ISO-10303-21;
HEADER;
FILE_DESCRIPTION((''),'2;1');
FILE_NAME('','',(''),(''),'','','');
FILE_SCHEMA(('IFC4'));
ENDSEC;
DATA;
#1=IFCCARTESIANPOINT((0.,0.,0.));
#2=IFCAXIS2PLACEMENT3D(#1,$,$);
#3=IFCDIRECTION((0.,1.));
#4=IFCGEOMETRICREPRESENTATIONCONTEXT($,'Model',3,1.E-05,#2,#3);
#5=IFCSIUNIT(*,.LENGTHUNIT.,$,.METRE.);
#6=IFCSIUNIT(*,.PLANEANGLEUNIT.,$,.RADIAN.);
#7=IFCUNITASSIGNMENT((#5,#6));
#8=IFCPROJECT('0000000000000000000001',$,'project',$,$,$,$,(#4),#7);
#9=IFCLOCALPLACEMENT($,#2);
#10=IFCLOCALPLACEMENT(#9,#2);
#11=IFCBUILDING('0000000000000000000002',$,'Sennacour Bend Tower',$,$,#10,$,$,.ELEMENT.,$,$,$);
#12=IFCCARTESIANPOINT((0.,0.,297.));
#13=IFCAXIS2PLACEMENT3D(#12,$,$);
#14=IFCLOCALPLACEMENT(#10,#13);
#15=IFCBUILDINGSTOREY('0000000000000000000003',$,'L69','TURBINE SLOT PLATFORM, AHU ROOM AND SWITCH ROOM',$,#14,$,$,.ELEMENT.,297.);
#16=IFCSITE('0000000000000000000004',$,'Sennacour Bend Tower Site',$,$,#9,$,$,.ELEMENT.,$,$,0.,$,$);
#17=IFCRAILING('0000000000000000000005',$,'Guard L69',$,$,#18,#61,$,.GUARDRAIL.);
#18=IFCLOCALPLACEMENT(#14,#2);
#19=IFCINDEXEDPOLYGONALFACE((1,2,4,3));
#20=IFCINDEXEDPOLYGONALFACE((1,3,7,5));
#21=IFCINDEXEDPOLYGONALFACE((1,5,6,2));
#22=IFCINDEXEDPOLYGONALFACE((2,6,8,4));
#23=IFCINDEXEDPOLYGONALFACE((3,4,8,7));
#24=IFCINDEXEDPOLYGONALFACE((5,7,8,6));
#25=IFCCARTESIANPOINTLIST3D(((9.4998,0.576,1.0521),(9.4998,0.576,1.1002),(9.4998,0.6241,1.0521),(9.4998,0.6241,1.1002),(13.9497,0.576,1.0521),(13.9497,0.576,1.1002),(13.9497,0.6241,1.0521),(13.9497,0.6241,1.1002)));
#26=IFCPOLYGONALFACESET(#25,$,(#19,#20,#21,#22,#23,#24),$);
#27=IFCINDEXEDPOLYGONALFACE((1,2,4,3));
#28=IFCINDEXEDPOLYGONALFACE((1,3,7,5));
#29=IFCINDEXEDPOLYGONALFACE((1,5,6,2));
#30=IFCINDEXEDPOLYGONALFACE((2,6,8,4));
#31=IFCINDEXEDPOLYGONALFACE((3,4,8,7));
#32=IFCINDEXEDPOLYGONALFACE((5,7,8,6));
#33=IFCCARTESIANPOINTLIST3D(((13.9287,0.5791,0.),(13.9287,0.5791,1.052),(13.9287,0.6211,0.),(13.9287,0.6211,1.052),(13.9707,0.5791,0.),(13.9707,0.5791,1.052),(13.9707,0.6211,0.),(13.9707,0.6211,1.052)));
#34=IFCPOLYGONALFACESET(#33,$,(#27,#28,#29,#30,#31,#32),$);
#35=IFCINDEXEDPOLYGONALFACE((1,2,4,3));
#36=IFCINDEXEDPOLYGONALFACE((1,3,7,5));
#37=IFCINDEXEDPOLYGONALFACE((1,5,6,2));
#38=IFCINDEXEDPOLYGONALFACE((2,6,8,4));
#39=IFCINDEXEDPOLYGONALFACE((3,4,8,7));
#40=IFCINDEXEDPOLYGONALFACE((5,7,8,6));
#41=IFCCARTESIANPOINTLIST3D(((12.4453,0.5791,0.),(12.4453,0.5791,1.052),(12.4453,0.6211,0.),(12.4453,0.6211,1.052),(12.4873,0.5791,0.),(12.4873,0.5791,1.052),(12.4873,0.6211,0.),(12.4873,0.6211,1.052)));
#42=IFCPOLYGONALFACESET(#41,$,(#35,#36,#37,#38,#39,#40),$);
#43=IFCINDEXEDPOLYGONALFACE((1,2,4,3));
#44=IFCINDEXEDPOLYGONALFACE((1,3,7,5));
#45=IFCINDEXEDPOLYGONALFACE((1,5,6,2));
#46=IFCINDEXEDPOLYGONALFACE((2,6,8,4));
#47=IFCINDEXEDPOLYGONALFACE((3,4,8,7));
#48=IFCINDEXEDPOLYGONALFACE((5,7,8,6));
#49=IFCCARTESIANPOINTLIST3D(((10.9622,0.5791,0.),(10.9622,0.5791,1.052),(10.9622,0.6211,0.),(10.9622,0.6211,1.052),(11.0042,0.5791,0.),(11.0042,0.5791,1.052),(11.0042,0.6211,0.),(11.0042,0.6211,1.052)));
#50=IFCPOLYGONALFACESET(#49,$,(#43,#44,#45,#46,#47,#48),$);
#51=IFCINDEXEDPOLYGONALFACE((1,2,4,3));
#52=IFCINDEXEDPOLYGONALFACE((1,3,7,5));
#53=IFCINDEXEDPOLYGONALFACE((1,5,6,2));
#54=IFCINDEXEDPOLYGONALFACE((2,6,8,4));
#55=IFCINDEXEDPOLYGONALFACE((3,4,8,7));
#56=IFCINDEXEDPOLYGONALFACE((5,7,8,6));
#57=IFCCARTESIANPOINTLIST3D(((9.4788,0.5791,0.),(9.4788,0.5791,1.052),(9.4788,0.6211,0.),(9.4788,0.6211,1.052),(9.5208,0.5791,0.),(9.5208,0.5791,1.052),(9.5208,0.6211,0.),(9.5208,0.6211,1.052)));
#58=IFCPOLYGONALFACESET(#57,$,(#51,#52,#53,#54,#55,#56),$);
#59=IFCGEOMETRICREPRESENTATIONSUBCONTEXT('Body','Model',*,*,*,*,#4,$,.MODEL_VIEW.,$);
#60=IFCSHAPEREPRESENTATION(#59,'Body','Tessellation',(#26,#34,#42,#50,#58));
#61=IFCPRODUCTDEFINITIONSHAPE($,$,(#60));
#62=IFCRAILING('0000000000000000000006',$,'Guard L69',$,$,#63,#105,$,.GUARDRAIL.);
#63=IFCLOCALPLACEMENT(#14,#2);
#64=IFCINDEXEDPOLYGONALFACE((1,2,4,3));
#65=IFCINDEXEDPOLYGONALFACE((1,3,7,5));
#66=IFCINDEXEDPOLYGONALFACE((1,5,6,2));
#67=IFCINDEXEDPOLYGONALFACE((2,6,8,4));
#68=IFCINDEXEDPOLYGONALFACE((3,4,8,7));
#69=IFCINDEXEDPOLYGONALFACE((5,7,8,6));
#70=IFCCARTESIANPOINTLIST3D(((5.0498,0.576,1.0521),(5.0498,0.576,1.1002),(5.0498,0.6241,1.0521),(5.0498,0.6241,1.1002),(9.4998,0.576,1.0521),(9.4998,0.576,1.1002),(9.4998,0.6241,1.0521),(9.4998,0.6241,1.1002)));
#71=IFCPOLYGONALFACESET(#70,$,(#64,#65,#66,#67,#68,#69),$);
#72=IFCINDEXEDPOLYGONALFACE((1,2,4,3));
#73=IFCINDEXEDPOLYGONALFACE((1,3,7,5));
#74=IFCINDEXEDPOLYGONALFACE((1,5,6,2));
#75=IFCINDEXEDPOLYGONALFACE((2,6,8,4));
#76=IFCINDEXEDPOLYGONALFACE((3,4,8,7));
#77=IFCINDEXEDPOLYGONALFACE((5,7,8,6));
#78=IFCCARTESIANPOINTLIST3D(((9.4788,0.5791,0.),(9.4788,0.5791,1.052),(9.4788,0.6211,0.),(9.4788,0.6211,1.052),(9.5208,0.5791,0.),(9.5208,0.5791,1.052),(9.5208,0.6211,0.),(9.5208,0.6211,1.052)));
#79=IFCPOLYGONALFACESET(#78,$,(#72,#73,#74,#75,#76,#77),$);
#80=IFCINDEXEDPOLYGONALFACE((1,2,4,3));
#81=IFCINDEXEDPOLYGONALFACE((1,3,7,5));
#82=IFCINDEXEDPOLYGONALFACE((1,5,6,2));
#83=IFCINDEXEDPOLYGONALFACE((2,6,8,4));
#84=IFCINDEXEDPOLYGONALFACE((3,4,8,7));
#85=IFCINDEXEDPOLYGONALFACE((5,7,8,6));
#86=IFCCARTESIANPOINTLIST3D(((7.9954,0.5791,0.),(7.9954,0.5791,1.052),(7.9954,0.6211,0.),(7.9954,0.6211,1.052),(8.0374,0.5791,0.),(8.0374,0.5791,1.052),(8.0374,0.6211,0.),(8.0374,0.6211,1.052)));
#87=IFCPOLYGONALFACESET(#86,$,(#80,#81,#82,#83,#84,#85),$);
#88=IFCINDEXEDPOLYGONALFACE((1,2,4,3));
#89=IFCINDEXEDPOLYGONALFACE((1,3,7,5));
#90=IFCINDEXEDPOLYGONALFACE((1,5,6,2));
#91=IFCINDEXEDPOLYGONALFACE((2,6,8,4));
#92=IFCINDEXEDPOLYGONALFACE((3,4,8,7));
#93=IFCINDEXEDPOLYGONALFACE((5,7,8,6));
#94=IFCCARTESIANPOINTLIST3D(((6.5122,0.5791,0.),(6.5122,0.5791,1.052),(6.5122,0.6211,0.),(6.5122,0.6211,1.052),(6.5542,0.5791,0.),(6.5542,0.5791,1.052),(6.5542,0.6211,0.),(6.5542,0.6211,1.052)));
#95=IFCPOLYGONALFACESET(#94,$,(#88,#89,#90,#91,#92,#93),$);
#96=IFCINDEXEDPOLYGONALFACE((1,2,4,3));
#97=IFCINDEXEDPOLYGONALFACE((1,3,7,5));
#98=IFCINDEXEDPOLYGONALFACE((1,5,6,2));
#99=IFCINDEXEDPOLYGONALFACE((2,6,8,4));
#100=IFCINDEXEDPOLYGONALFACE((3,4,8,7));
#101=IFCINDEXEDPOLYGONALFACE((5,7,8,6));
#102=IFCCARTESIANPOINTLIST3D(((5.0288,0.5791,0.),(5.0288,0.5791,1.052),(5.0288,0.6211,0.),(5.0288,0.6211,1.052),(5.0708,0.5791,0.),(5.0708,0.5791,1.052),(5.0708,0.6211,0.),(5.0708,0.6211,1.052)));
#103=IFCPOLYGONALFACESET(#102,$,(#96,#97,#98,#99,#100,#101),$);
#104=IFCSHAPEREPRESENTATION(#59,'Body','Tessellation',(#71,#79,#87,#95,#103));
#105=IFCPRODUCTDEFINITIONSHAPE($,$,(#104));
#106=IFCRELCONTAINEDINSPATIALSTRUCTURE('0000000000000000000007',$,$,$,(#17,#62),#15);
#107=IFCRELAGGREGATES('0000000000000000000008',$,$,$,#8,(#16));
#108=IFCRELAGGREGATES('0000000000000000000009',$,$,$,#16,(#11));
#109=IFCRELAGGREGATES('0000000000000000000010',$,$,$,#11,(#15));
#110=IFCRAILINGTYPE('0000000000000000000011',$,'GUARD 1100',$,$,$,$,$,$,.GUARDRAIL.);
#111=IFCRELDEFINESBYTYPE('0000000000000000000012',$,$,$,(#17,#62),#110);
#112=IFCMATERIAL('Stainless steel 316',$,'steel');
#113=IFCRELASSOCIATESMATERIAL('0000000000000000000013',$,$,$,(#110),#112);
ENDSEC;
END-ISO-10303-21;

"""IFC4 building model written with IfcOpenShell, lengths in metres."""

from ifc_helpers import new_model, si_unit, direction, frame, origin, origin_2d, place, context, subcontext, project, spatial, rectangle, extrude, material, type_object, element, save


model = new_model("IFC4")

# Units and contexts
model_context = context("Model", 3, precision=1e-05, world=origin(), true_north=direction((0.0, 1.0)))
body_context = subcontext(model_context, "Body", "Model", "MODEL_VIEW")
ifc_project = project(units=[si_unit("LENGTHUNIT", "METRE"), si_unit("PLANEANGLEUNIT", "RADIAN")], contexts=[model_context])

# Site, building, storey
site_placement = place(None, origin())
site = spatial("IfcSite", under=ifc_project, at=site_placement, Name="Sennacour Bend Tower Site", CompositionType="ELEMENT", RefElevation=0.0)
building_placement = place(site_placement, origin())
building = spatial("IfcBuilding", under=site, at=building_placement, Name="Sennacour Bend Tower", CompositionType="ELEMENT")
storey_placement = place(building_placement, frame((0.0, 0.0, 297.0)))
storey = spatial("IfcBuildingStorey", under=building, at=storey_placement, Name="L69", Description="TURBINE SLOT PLATFORM, AHU ROOM AND SWITCH ROOM", CompositionType="ELEMENT", Elevation=297.0)

# Railings
ifc_material_1 = material(Name="Stainless steel 316", Category="steel")
railing_type = type_object("IfcRailingType", Name="GUARD 1100", PredefinedType="GUARDRAIL", material=ifc_material_1)
for number, where, name in (
    (1, (13.9497, 0.6001, 0.0), "Guard L69"),
    (2, (9.4998, 0.6001, 0.0), "Guard L69"),
):
    element("IfcRailing", number, at=place(storey_placement, frame(where)), inside=storey, type_object=railing_type, Name=name, PredefinedType="GUARDRAIL", context=body_context, shape_type="SweptSolid", body=[
        extrude(rectangle(XDim=0.0481, YDim=0.0481, at=origin_2d()), frame((0.0, 0.0, 1.0762), z_axis=(-1.0, 0.0, 0.0), x_axis=(0.0, -1.0, 0.0)), (0.0, 0.0, 1.0), 4.45),
        extrude(rectangle(XDim=0.042, YDim=0.042, at=origin_2d()), origin(), (0.0, 0.0, 1.0), 1.052),
        extrude(rectangle(XDim=0.042, YDim=0.042, at=origin_2d()), frame((-1.4834, 0.0, 0.0)), (0.0, 0.0, 1.0), 1.052),
        extrude(rectangle(XDim=0.042, YDim=0.042, at=origin_2d()), frame((-2.9666, 0.0, 0.0)), (0.0, 0.0, 1.0), 1.052),
        extrude(rectangle(XDim=0.042, YDim=0.042, at=origin_2d()), frame((-4.45, 0.0, 0.0)), (0.0, 0.0, 1.0), 1.052),
    ])

save(model, "model.ifc")
